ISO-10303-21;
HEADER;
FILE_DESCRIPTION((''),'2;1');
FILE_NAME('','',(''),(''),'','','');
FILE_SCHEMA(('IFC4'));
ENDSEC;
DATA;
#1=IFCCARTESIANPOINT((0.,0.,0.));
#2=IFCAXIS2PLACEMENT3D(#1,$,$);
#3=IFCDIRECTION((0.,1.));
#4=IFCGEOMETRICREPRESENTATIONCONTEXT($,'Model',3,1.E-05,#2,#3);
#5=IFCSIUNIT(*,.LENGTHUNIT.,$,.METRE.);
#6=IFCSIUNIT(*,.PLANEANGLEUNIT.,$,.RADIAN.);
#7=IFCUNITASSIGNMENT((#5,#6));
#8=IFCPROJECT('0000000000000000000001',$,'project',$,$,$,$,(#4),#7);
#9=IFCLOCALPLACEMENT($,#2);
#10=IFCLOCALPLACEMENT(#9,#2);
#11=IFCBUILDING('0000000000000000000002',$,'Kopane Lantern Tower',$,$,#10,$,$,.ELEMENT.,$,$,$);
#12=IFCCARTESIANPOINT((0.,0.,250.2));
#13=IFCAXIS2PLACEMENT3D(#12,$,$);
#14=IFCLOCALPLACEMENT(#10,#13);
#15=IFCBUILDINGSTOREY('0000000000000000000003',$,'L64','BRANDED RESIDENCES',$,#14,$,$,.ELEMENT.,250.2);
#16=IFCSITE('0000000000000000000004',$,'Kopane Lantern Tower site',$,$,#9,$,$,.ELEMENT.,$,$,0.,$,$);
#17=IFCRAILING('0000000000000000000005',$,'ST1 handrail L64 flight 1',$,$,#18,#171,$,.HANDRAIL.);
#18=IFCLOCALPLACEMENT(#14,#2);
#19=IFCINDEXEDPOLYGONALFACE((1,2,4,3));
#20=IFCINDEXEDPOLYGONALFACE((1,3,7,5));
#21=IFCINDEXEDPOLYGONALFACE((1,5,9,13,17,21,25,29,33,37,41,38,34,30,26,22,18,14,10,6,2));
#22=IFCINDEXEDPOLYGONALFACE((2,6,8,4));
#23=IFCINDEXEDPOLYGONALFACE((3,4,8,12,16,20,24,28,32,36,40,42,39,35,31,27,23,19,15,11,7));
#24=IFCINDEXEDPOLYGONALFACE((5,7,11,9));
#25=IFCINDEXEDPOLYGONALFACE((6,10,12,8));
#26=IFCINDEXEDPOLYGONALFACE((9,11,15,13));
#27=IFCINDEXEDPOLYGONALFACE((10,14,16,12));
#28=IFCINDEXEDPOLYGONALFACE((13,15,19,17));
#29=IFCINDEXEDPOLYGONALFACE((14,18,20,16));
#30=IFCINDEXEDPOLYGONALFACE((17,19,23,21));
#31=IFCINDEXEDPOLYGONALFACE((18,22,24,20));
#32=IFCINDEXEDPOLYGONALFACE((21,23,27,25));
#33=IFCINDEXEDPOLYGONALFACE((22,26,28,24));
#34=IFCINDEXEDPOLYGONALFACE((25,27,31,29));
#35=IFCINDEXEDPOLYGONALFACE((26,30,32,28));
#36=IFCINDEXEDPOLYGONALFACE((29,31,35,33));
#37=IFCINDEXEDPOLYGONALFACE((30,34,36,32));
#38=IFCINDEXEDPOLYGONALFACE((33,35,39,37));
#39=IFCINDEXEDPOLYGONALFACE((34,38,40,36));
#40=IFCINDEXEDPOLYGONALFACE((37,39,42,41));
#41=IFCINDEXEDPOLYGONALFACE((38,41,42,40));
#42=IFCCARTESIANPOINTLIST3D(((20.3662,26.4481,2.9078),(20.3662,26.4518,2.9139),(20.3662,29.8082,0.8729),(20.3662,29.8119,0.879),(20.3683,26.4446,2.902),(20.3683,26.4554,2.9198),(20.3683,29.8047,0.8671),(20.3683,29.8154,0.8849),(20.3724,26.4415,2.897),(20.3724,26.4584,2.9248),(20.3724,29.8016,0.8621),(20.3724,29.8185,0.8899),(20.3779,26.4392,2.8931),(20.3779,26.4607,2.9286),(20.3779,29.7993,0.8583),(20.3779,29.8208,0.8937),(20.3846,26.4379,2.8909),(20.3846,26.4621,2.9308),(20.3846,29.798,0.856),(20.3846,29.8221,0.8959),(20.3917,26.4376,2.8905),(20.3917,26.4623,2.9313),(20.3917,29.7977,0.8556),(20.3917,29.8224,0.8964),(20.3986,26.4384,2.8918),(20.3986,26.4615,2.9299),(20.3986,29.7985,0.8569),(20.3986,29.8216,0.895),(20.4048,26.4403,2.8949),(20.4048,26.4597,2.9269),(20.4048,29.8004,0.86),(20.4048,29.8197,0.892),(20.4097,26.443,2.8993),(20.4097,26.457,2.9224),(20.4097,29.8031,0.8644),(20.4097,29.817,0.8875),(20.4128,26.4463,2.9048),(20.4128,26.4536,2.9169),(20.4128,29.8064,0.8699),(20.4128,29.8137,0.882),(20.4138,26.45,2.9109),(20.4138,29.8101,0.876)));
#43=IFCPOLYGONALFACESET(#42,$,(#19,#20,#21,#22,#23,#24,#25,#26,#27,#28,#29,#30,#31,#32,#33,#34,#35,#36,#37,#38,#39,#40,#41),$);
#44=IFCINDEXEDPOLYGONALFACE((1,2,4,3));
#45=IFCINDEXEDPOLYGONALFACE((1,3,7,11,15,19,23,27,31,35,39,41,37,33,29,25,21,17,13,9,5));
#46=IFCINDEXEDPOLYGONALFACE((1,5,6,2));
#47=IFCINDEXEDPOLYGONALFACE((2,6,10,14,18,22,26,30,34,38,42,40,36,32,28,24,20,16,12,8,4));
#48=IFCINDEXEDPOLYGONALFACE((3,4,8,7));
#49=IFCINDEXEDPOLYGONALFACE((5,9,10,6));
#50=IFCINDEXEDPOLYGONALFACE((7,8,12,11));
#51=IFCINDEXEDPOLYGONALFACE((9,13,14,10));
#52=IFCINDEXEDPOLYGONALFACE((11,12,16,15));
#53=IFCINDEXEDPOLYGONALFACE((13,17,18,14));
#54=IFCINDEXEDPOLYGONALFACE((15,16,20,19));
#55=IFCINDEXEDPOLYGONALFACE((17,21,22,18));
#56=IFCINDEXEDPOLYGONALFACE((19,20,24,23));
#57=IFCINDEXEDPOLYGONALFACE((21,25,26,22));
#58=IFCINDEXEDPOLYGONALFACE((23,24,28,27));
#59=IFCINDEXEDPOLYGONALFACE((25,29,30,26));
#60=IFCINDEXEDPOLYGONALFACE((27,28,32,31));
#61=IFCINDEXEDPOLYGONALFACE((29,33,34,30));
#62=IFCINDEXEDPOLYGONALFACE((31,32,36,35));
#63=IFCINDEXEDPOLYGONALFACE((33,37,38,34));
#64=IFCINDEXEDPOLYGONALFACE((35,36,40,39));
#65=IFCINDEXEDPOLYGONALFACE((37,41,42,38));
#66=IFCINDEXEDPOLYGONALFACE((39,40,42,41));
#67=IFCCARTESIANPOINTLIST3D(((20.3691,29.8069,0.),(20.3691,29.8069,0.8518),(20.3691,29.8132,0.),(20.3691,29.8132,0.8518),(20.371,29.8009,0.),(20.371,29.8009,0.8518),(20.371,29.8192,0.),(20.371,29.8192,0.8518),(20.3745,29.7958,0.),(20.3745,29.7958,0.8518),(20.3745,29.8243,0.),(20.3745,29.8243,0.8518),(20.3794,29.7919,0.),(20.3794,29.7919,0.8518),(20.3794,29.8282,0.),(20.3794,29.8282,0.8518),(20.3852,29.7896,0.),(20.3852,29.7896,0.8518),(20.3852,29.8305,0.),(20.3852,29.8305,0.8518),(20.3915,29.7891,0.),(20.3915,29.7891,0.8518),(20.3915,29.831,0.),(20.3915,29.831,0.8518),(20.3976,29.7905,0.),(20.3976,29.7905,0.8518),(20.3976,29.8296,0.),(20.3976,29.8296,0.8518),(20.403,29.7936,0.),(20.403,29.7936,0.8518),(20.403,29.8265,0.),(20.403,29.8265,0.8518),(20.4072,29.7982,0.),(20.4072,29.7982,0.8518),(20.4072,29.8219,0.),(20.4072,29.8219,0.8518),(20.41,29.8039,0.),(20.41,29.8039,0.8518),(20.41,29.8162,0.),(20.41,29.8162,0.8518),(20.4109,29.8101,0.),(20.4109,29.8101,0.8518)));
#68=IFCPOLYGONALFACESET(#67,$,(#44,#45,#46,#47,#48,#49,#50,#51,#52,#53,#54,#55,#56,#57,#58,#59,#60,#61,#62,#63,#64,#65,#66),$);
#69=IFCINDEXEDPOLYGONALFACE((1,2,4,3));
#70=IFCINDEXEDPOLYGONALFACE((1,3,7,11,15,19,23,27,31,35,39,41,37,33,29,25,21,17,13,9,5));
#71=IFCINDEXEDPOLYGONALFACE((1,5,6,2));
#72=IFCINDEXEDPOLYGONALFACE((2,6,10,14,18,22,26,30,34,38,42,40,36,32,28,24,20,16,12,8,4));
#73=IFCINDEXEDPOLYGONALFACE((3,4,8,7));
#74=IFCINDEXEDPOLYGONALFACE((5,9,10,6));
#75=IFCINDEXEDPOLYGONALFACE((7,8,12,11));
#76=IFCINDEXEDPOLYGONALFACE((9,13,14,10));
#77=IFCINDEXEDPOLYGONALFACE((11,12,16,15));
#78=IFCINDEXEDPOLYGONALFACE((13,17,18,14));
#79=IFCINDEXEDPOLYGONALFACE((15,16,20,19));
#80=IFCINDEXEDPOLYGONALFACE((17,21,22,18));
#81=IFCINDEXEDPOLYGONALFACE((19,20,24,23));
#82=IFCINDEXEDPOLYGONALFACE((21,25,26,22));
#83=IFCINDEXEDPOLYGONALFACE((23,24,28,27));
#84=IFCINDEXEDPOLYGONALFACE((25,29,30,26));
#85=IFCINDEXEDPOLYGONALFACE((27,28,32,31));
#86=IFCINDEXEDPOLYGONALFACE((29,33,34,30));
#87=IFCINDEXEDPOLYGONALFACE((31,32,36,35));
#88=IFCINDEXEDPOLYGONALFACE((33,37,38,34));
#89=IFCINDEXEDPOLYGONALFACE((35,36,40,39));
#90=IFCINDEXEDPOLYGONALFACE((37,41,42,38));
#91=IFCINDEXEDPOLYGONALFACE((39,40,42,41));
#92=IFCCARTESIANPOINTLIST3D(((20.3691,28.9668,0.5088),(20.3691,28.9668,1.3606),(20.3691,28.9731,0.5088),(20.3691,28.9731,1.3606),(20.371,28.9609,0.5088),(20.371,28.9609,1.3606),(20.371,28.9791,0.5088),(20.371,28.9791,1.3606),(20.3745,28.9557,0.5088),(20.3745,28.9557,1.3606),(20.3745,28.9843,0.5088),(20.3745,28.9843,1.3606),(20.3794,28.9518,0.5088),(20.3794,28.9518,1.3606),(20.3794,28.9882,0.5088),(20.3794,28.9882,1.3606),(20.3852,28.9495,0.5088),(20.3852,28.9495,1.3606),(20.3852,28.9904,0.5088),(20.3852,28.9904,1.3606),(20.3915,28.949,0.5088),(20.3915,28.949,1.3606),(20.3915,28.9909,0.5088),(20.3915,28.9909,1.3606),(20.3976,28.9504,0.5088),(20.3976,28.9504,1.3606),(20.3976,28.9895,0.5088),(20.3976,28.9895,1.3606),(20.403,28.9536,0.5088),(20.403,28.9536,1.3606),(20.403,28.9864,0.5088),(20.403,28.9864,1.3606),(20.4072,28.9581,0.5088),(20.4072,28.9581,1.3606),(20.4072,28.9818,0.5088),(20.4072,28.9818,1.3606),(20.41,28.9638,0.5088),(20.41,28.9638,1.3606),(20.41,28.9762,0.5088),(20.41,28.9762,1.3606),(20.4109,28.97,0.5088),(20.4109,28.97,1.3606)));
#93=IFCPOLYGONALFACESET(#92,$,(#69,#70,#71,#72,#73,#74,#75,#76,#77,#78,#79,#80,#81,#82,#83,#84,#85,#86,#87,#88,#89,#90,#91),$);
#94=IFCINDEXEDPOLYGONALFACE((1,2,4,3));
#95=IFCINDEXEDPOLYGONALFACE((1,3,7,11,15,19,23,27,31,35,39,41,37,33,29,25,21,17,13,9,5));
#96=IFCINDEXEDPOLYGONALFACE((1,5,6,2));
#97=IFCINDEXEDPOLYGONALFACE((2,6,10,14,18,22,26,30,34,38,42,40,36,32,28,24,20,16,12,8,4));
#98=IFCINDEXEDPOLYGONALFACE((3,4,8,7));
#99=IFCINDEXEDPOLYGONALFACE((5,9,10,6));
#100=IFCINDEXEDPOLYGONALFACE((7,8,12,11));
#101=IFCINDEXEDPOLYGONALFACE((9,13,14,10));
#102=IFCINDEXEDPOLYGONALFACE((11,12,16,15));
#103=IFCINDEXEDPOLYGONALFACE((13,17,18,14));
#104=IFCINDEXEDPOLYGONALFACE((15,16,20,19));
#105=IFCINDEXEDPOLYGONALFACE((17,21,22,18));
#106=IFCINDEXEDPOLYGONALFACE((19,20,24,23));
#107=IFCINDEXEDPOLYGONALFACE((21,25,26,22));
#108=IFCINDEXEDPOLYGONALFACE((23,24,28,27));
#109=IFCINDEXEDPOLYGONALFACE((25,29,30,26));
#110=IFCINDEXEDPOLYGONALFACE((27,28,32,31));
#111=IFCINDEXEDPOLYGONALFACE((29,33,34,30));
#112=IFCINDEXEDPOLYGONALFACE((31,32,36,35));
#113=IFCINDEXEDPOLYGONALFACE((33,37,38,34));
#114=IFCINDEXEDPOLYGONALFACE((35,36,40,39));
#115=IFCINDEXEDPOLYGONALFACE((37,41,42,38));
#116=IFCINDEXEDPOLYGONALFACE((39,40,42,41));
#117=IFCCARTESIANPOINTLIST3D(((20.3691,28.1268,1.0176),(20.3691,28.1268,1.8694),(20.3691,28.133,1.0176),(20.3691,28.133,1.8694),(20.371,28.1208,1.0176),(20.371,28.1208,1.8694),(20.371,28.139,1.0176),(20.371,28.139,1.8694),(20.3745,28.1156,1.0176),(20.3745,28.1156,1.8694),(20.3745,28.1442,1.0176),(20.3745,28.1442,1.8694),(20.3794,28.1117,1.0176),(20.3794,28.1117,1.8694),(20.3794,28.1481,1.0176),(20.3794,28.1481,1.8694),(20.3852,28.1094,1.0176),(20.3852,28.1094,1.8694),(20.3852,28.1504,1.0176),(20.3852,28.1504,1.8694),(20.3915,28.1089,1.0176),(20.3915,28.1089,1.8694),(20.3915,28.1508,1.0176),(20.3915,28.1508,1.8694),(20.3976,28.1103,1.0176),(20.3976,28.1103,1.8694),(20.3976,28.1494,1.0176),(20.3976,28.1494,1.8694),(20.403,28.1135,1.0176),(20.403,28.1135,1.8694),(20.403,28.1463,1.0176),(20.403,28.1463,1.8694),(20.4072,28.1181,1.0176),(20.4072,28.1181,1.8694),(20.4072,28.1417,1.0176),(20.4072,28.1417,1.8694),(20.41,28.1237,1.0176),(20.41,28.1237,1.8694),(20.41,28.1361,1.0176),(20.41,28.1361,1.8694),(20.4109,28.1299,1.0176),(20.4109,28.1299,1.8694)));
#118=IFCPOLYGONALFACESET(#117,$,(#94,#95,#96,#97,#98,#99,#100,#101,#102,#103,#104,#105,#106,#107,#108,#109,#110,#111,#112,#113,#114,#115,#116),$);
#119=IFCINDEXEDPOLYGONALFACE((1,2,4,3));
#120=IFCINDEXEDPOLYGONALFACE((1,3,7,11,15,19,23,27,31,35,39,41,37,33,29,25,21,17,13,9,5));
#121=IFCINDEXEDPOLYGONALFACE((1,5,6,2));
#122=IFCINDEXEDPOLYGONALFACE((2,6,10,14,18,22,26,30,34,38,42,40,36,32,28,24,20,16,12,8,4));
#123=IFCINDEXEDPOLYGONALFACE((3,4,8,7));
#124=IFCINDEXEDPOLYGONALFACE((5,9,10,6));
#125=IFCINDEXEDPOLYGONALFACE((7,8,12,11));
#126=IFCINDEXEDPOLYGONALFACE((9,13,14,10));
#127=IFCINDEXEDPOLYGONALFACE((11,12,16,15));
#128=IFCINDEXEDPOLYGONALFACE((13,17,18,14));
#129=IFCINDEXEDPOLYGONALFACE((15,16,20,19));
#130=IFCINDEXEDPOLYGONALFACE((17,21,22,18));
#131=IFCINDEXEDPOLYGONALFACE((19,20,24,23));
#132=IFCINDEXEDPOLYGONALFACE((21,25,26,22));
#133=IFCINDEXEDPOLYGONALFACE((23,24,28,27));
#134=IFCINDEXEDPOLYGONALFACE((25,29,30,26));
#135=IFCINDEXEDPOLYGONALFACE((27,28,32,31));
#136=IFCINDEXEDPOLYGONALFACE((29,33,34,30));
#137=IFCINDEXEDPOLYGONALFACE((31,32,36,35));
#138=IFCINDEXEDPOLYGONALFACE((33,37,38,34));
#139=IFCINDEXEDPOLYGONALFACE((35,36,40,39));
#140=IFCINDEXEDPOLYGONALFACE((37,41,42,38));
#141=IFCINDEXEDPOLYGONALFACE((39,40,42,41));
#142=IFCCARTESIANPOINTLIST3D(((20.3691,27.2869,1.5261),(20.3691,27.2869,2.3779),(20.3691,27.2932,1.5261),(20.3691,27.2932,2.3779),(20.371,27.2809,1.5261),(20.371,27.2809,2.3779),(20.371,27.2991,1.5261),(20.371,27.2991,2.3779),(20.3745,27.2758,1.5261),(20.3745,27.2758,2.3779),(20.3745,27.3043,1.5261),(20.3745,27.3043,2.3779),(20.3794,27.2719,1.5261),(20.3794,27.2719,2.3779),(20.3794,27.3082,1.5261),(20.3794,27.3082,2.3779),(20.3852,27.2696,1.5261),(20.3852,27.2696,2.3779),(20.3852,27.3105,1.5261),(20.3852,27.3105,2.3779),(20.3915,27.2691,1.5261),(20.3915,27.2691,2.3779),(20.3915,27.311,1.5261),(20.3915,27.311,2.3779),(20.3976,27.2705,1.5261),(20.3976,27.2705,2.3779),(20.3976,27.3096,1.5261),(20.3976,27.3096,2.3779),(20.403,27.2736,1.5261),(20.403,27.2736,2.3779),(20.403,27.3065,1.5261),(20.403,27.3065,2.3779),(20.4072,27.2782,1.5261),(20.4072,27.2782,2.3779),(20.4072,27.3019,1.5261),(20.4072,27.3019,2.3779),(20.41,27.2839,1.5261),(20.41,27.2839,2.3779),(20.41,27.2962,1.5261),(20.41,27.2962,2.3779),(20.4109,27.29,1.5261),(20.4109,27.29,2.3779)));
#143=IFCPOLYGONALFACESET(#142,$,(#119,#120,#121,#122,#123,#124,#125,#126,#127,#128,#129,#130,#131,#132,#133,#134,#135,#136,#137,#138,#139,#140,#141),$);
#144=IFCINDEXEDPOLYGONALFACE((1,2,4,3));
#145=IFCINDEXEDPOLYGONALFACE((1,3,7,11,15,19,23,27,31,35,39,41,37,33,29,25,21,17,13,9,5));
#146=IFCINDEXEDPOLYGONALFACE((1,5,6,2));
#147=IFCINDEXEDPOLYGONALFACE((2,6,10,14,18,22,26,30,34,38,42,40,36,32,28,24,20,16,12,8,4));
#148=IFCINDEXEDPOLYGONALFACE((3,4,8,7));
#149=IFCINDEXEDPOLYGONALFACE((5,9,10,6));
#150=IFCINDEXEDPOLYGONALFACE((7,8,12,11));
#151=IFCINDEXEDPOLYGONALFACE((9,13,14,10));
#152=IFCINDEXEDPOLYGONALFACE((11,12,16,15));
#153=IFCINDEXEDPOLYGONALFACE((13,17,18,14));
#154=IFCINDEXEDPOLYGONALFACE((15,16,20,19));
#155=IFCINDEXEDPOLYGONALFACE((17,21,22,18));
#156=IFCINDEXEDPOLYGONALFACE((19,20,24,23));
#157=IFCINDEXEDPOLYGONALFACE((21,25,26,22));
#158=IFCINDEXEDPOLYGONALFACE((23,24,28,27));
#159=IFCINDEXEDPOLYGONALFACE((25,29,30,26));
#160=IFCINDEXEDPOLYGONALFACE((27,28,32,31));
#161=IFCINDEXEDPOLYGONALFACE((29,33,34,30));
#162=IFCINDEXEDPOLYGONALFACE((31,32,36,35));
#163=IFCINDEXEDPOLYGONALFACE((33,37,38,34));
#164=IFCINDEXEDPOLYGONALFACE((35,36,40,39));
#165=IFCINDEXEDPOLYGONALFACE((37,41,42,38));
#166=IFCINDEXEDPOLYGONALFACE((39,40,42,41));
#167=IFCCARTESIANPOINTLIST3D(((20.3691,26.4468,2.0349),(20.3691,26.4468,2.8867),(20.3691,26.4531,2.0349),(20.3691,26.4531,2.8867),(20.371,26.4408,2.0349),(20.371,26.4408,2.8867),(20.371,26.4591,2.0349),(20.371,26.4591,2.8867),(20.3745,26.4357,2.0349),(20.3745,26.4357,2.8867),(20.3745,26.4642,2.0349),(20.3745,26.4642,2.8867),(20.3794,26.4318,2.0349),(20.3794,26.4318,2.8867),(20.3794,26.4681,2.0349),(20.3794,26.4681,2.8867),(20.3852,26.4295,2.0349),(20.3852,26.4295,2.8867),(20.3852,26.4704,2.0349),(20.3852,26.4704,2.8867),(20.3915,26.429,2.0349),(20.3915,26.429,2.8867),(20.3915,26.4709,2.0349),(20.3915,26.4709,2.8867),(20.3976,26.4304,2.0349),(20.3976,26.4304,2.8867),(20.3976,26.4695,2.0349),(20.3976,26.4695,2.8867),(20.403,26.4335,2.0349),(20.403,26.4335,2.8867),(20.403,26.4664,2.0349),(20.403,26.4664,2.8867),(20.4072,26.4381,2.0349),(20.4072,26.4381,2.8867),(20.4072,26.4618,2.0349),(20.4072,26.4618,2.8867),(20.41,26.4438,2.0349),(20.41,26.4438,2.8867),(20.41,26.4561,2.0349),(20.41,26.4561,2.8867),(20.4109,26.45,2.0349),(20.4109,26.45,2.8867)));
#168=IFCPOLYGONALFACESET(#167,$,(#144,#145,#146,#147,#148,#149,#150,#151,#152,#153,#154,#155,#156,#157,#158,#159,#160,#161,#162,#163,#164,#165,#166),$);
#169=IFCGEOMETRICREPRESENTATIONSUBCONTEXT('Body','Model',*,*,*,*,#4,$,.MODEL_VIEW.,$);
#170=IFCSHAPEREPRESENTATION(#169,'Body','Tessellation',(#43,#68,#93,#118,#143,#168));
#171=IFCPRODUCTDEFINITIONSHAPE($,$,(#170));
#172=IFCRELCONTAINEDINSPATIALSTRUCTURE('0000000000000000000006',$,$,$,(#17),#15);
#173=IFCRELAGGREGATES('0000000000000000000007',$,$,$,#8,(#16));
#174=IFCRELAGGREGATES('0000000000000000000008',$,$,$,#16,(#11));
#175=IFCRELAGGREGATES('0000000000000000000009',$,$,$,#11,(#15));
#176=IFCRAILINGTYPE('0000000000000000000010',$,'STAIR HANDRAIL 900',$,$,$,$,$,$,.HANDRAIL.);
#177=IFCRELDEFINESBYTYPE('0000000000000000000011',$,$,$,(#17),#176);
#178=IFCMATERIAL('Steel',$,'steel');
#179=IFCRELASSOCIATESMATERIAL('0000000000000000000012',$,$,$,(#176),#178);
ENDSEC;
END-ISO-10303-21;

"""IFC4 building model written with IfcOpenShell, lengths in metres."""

from ifc_helpers import new_model, si_unit, direction, frame, origin, origin_2d, place, context, subcontext, project, spatial, circle, extrude, material, type_object, element, save


model = new_model("IFC4")

# Units and contexts
model_context = context("Model", 3, precision=1e-05, world=origin(), true_north=direction((0.0, 1.0)))
body_context = subcontext(model_context, "Body", "Model", "MODEL_VIEW")
ifc_project = project(units=[si_unit("LENGTHUNIT", "METRE"), si_unit("PLANEANGLEUNIT", "RADIAN")], contexts=[model_context])

# Site, building, storey
site_placement = place(None, origin())
site = spatial("IfcSite", under=ifc_project, at=site_placement, Name="Kopane Lantern Tower site", CompositionType="ELEMENT", RefElevation=0.0)
building_placement = place(site_placement, origin())
building = spatial("IfcBuilding", under=site, at=building_placement, Name="Kopane Lantern Tower", CompositionType="ELEMENT")
storey_placement = place(building_placement, frame((0.0, 0.0, 250.2)))
storey = spatial("IfcBuildingStorey", under=building, at=storey_placement, Name="L64", Description="BRANDED RESIDENCES", CompositionType="ELEMENT", Elevation=250.2)

# Railing
ifc_material_1 = material(Name="Steel", Category="steel")
railing_type_1 = type_object("IfcRailingType", Name="STAIR HANDRAIL 900", PredefinedType="HANDRAIL", material=ifc_material_1)
for number, where, name in (
    (1, (20.3899, 29.8101, 0.0), "ST1 handrail L64 flight 1"),
):
    element("IfcRailing", number, at=place(storey_placement, frame(where)), inside=storey, type_object=railing_type_1, Name=name, PredefinedType="HANDRAIL", context=body_context, shape_type="SweptSolid", body=[
        extrude(circle(Radius=0.0239, at=origin_2d()), frame((0.0, 0.0, 0.876), z_axis=(0.0, -0.855369, 0.518019), x_axis=(1.0, 0.0, 0.0)), (0.0, 0.0, 1.0), 3.9282),
        extrude(circle(Radius=0.021, at=origin_2d()), origin(), (0.0, 0.0, 1.0), 0.8518),
        extrude(circle(Radius=0.021, at=origin_2d()), frame((0.0, -0.8401, 0.5088)), (0.0, 0.0, 1.0), 0.8518),
        extrude(circle(Radius=0.021, at=origin_2d()), frame((0.0, -1.6802, 1.0176)), (0.0, 0.0, 1.0), 0.8518),
        extrude(circle(Radius=0.021, at=origin_2d()), frame((0.0, -2.52, 1.5261)), (0.0, 0.0, 1.0), 0.8518),
        extrude(circle(Radius=0.021, at=origin_2d()), frame((0.0, -3.3601, 2.0349)), (0.0, 0.0, 1.0), 0.8518),
    ])

save(model, "model.ifc")
